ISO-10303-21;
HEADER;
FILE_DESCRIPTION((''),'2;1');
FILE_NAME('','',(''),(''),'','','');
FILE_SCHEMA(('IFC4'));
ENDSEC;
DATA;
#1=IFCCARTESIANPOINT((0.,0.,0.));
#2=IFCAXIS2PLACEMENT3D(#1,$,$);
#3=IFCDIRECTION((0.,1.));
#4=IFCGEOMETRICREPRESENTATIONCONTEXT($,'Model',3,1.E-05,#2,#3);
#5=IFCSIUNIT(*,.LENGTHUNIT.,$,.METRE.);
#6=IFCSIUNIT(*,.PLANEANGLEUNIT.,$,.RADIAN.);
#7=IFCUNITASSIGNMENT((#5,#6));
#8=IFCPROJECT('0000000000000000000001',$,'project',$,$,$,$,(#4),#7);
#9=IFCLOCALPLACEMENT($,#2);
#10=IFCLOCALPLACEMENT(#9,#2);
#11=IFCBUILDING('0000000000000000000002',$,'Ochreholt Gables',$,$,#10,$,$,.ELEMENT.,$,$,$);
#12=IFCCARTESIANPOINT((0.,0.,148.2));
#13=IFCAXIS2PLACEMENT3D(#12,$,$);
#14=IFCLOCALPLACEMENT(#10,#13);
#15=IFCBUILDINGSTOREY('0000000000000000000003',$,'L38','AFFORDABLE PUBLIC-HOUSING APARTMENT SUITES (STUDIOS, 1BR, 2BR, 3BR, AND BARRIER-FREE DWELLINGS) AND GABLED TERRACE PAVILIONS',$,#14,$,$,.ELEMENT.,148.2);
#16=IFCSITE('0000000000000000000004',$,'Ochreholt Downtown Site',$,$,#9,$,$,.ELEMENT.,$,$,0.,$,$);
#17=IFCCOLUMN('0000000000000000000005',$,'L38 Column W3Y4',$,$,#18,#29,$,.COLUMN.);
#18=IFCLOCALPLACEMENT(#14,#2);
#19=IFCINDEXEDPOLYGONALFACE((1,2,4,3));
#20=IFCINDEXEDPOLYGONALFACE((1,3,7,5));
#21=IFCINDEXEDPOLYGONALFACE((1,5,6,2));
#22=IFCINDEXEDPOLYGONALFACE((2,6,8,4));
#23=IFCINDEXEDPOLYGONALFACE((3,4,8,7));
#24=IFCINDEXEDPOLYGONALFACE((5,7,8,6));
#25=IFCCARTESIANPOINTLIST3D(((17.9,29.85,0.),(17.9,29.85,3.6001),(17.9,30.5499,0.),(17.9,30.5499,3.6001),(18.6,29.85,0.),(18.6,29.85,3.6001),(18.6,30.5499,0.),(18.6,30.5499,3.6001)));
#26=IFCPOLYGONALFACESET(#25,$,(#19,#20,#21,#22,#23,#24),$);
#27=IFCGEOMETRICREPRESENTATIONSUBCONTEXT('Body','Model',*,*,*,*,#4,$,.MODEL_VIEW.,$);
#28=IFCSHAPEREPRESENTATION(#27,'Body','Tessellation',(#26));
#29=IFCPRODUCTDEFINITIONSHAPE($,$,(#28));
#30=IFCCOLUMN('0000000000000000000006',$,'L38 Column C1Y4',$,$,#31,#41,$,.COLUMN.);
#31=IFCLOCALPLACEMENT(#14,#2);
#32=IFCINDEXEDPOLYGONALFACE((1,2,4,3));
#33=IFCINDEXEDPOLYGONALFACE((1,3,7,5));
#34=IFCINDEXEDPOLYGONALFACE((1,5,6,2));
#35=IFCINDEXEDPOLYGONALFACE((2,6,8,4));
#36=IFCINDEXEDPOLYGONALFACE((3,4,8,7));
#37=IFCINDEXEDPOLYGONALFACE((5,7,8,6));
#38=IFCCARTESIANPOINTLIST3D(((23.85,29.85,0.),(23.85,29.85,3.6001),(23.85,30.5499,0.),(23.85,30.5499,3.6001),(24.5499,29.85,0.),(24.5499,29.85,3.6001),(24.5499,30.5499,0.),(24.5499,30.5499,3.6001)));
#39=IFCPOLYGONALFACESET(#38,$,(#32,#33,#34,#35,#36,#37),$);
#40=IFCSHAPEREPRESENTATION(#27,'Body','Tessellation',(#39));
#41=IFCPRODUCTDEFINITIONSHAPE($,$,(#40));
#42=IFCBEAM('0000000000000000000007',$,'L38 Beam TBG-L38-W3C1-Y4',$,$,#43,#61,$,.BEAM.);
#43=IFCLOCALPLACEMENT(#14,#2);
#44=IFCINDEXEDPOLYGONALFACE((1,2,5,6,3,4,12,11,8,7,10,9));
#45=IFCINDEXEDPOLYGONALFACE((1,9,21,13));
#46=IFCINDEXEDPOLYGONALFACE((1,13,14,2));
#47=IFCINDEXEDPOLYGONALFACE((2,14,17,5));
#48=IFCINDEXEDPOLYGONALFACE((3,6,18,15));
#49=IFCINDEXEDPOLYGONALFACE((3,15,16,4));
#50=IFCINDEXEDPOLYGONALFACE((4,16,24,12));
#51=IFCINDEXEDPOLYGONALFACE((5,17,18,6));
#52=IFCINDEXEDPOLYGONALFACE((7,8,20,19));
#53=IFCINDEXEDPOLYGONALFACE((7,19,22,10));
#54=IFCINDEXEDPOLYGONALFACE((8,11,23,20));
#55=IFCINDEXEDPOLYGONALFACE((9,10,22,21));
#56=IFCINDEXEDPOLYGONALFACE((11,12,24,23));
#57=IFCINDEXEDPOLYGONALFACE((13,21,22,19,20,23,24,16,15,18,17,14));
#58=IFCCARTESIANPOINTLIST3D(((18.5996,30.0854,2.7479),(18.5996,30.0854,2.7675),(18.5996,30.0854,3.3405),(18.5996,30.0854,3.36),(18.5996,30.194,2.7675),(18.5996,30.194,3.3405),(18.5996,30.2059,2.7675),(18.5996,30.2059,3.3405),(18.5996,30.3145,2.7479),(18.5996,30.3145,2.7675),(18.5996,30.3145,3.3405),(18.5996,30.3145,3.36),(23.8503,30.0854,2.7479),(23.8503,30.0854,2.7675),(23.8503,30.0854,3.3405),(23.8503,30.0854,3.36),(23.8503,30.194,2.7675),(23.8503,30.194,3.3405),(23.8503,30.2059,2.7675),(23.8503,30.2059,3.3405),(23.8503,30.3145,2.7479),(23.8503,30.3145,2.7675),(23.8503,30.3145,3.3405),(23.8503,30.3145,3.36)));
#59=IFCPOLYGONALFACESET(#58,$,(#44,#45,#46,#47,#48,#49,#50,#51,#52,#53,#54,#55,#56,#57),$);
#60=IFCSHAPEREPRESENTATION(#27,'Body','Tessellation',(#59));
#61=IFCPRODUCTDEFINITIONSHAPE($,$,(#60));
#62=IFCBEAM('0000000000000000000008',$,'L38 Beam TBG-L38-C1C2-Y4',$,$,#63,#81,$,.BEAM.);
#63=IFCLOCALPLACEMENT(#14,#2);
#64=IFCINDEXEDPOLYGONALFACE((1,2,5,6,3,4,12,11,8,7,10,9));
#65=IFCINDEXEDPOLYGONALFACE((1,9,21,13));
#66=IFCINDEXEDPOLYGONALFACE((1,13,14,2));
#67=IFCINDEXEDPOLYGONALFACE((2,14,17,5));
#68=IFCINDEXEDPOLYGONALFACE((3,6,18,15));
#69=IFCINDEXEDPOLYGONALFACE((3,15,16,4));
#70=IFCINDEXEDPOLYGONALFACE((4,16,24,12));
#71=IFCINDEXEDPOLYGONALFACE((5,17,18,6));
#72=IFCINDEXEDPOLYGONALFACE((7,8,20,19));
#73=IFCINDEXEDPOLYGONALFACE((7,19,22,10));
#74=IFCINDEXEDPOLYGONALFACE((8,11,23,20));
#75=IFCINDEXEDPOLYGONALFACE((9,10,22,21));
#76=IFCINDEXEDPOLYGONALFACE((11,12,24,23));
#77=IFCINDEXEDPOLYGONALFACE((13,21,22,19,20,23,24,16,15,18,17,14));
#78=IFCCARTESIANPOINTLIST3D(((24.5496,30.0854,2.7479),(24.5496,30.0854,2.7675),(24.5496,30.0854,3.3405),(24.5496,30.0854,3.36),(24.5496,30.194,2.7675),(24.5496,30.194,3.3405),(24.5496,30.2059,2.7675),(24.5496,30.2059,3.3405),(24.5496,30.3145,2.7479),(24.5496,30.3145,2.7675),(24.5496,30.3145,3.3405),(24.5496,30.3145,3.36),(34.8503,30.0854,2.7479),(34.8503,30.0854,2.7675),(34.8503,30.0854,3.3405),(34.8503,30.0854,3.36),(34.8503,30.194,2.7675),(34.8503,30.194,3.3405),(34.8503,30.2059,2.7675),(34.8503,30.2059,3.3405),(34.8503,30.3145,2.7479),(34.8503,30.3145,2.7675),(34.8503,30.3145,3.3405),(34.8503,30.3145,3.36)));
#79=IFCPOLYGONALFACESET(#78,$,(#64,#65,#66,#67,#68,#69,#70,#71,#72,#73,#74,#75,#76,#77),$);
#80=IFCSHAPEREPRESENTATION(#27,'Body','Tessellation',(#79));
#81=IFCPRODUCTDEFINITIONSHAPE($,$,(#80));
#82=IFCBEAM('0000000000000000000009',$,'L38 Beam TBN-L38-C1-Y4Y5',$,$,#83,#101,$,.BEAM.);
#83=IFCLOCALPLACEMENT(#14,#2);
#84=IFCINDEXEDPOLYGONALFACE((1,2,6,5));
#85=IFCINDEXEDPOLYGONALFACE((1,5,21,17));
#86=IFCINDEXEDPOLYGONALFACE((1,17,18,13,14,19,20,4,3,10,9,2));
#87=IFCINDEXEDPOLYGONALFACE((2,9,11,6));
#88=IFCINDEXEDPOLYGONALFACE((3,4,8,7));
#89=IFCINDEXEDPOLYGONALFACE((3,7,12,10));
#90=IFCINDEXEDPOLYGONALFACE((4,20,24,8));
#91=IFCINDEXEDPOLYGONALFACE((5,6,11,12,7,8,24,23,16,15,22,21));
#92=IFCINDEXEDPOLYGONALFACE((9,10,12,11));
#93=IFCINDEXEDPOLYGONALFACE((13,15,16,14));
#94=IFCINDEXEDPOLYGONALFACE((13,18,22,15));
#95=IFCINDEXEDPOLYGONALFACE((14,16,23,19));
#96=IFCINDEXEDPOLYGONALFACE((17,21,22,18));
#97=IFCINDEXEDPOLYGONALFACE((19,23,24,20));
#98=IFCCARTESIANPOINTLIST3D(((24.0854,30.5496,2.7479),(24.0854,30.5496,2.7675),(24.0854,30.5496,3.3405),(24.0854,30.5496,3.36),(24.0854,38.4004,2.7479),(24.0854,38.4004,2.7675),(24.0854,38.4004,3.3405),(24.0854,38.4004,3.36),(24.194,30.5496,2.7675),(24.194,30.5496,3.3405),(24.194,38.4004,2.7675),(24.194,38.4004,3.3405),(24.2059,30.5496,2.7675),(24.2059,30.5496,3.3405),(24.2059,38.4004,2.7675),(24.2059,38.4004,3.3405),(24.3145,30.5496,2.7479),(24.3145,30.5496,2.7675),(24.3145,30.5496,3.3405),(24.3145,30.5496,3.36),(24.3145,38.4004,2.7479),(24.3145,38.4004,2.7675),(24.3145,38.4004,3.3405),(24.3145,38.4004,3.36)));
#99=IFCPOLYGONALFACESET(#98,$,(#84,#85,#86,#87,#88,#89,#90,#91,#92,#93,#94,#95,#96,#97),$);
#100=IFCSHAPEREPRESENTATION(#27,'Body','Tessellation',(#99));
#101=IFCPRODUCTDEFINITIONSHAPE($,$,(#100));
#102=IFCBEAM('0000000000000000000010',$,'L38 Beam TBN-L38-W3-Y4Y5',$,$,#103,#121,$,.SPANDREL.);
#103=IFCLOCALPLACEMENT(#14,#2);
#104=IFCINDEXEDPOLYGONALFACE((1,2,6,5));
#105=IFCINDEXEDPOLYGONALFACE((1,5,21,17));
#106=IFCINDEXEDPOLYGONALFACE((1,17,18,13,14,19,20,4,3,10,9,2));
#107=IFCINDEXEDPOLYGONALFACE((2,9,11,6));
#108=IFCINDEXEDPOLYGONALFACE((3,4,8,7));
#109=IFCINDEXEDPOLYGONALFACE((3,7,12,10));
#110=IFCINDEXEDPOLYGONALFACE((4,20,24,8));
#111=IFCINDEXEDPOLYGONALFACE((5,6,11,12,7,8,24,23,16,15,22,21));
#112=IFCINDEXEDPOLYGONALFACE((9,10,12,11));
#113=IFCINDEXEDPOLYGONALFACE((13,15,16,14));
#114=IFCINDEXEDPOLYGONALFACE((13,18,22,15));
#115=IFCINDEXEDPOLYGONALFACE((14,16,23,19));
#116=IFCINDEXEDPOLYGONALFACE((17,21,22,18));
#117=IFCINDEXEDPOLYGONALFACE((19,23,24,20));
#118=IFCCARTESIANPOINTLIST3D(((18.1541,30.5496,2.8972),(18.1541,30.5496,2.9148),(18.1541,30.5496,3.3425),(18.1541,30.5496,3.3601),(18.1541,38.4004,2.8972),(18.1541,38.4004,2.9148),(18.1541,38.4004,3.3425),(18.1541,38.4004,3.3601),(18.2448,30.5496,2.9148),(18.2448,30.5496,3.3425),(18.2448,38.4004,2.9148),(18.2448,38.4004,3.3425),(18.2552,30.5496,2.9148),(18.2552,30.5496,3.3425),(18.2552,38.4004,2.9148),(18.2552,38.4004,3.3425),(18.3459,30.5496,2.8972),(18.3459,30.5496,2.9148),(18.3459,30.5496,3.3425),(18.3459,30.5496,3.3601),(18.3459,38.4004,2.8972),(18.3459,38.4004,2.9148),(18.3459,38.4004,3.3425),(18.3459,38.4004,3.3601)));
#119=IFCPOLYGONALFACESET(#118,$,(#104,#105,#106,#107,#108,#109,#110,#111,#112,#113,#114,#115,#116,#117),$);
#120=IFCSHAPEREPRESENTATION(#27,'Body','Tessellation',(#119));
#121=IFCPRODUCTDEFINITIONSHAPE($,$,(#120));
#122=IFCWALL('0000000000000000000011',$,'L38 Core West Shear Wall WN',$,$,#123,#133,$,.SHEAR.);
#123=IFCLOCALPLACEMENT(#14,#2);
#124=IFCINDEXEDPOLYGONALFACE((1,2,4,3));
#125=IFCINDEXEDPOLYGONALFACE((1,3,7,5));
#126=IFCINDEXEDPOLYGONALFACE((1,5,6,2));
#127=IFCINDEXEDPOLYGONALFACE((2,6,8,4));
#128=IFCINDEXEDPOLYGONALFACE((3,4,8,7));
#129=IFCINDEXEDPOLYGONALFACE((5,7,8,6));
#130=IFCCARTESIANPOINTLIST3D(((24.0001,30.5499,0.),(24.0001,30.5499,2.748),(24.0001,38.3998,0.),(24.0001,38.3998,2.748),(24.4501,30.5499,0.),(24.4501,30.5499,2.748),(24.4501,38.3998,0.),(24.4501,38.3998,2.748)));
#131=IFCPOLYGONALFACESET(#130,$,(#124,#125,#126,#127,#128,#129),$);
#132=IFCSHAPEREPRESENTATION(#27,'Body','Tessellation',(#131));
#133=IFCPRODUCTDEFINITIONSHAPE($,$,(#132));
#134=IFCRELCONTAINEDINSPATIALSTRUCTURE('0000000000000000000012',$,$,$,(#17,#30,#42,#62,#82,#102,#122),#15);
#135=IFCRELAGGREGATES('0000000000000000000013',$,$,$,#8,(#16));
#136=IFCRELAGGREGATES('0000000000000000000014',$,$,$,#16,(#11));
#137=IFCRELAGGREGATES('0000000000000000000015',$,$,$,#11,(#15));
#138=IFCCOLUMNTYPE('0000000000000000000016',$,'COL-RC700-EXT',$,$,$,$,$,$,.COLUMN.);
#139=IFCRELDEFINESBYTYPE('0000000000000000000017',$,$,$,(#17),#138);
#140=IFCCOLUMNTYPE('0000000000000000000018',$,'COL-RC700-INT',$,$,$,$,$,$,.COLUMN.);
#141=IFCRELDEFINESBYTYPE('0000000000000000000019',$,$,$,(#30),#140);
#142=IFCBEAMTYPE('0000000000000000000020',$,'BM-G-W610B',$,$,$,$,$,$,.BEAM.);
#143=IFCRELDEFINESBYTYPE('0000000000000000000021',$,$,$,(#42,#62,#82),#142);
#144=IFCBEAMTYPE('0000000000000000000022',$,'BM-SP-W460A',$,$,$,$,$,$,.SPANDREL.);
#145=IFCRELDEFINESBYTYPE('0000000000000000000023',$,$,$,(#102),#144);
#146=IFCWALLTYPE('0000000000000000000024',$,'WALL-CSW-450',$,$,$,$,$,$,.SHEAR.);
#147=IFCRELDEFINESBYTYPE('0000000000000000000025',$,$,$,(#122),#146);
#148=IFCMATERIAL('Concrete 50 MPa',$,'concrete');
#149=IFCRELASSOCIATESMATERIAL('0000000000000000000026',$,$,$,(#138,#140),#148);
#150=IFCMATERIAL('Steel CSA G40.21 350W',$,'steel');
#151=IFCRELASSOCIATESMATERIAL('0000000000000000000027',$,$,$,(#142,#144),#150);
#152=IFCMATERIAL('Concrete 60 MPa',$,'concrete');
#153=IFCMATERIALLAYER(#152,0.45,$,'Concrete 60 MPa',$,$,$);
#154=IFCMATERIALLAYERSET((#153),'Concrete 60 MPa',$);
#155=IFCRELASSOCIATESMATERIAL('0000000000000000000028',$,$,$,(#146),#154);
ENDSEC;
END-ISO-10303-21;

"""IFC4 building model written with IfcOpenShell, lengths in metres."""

from ifc_helpers import new_model, si_unit, direction, frame, frame_2d, origin, origin_2d, place, context, subcontext, project, spatial, rectangle, i_section, extrude, material, layer, layer_set, material_profile, profile_set, type_object, element, save


model = new_model("IFC4")

# Units and contexts
model_context = context("Model", 3, precision=1e-05, world=origin(), true_north=direction((0.0, 1.0)))
body_context = subcontext(model_context, "Body", "Model", "MODEL_VIEW")
ifc_project = project(units=[si_unit("LENGTHUNIT", "METRE"), si_unit("PLANEANGLEUNIT", "RADIAN")], contexts=[model_context])

# Site, building, storey
site_placement = place(None, origin())
site = spatial("IfcSite", under=ifc_project, at=site_placement, Name="Ochreholt Downtown Site", CompositionType="ELEMENT", RefElevation=0.0)
building_placement = place(site_placement, origin())
building = spatial("IfcBuilding", under=site, at=building_placement, Name="Ochreholt Gables", CompositionType="ELEMENT")
storey_placement = place(building_placement, frame((0.0, 0.0, 148.2)))
storey = spatial("IfcBuildingStorey", under=building, at=storey_placement, Name="L38", Description="AFFORDABLE PUBLIC-HOUSING APARTMENT SUITES (STUDIOS, 1BR, 2BR, 3BR, AND BARRIER-FREE DWELLINGS) AND GABLED TERRACE PAVILIONS", CompositionType="ELEMENT", Elevation=148.2)

# Columns
ifc_material_1 = material(Name="Concrete 50 MPa", Category="concrete")
ifc_material_profile_1 = material_profile(ifc_material_1, rectangle(XDim=0.7, YDim=0.7, at=origin_2d()), Name="RC700X700")
ifc_profile_set_1 = profile_set([ifc_material_profile_1], Name="Concrete 50 MPa")
column_type_1 = type_object("IfcColumnType", Name="COL-RC700-EXT", PredefinedType="COLUMN", material=ifc_profile_set_1)
column_1_placement = place(storey_placement, frame((18.25, 30.2, 0.0), z_axis=(0.0, 0.0, 1.0), x_axis=(1.0, 0.0, 0.0)))
element("IfcColumn", 1, at=column_1_placement, inside=storey, type_object=column_type_1, Name="L38 Column W3Y4", PredefinedType="COLUMN", context=body_context, shape_type="SweptSolid", body=[
    extrude(rectangle(XDim=0.7, YDim=0.7, at=origin_2d()), origin(), (0.0, 0.0, 1.0), 3.6001),
])
ifc_material_profile_2 = material_profile(ifc_material_1, rectangle(XDim=0.7, YDim=0.7, at=origin_2d()), Name="RC700X700")
ifc_profile_set_2 = profile_set([ifc_material_profile_2], Name="Concrete 50 MPa")
column_type_2 = type_object("IfcColumnType", Name="COL-RC700-INT", PredefinedType="COLUMN", material=ifc_profile_set_2)
column_2_placement = place(storey_placement, frame((24.2, 30.2, 0.0), z_axis=(0.0, 0.0, 1.0), x_axis=(1.0, 0.0, 0.0)))
element("IfcColumn", 2, at=column_2_placement, inside=storey, type_object=column_type_2, Name="L38 Column C1Y4", PredefinedType="COLUMN", context=body_context, shape_type="SweptSolid", body=[
    extrude(rectangle(XDim=0.7, YDim=0.7, at=origin_2d()), origin(), (0.0, 0.0, 1.0), 3.6001),
])

# Beams
ifc_material_2 = material(Name="Steel CSA G40.21 350W", Category="steel")
ifc_material_profile_3 = material_profile(ifc_material_2, i_section(OverallWidth=0.229, OverallDepth=0.6121, WebThickness=0.012, FlangeThickness=0.0195, at=origin_2d()), Name="W610X125")
ifc_profile_set_3 = profile_set([ifc_material_profile_3], Name="Steel CSA G40.21 350W")
beam_type_1 = type_object("IfcBeamType", Name="BM-G-W610B", PredefinedType="BEAM", material=ifc_profile_set_3)
beam_1_placement = place(storey_placement, frame((18.5996, 30.2, 3.054), z_axis=(1.0, 0.0, 0.0), x_axis=(0.0, 1.0, 0.0)))
element("IfcBeam", 3, at=beam_1_placement, inside=storey, type_object=beam_type_1, Name="L38 Beam TBG-L38-W3C1-Y4", PredefinedType="BEAM", context=body_context, shape_type="SweptSolid", body=[
    extrude(i_section(OverallWidth=0.229, OverallDepth=0.6121, WebThickness=0.012, FlangeThickness=0.0195, at=origin_2d()), origin(), (0.0, 0.0, 1.0), 5.2507),
])
beam_2_placement = place(storey_placement, frame((24.5496, 30.2, 3.054), z_axis=(1.0, 0.0, 0.0), x_axis=(0.0, 1.0, 0.0)))
element("IfcBeam", 4, at=beam_2_placement, inside=storey, type_object=beam_type_1, Name="L38 Beam TBG-L38-C1C2-Y4", PredefinedType="BEAM", context=body_context, shape_type="SweptSolid", body=[
    extrude(i_section(OverallWidth=0.229, OverallDepth=0.6121, WebThickness=0.012, FlangeThickness=0.0195, at=origin_2d()), origin(), (0.0, 0.0, 1.0), 10.3008),
])
beam_3_placement = place(storey_placement, frame((24.2, 30.5496, 3.054), z_axis=(0.0, 1.0, 0.0), x_axis=(-1.0, 0.0, 0.0)))
element("IfcBeam", 5, at=beam_3_placement, inside=storey, type_object=beam_type_1, Name="L38 Beam TBN-L38-C1-Y4Y5", PredefinedType="BEAM", context=body_context, shape_type="SweptSolid", body=[
    extrude(i_section(OverallWidth=0.229, OverallDepth=0.6121, WebThickness=0.012, FlangeThickness=0.0195, at=origin_2d()), origin(), (0.0, 0.0, 1.0), 7.8508),
])
ifc_material_profile_4 = material_profile(ifc_material_2, i_section(OverallWidth=0.1919, OverallDepth=0.4629, WebThickness=0.0105, FlangeThickness=0.0176, at=origin_2d()), Name="W460X89")
ifc_profile_set_4 = profile_set([ifc_material_profile_4], Name="Steel CSA G40.21 350W")
beam_type_2 = type_object("IfcBeamType", Name="BM-SP-W460A", PredefinedType="SPANDREL", material=ifc_profile_set_4)
beam_4_placement = place(storey_placement, frame((18.25, 30.5496, 3.1287), z_axis=(0.0, 1.0, 0.0), x_axis=(-1.0, 0.0, 0.0)))
element("IfcBeam", 6, at=beam_4_placement, inside=storey, type_object=beam_type_2, Name="L38 Beam TBN-L38-W3-Y4Y5", PredefinedType="SPANDREL", context=body_context, shape_type="SweptSolid", body=[
    extrude(i_section(OverallWidth=0.1919, OverallDepth=0.4629, WebThickness=0.0105, FlangeThickness=0.0176, at=origin_2d()), origin(), (0.0, 0.0, 1.0), 7.8508),
])

# Wall
ifc_material_3 = material(Name="Concrete 60 MPa", Category="concrete")
ifc_layer_1 = layer(ifc_material_3, 0.45, Name="Concrete 60 MPa")
ifc_layer_set_1 = layer_set([ifc_layer_1], Name="Concrete 60 MPa")
wall_type_1 = type_object("IfcWallType", Name="WALL-CSW-450", PredefinedType="SHEAR", material=ifc_layer_set_1)
wall_1_placement = place(storey_placement, frame((24.2251, 30.55, 0.0), z_axis=(0.0, 0.0, 1.0), x_axis=(0.0, 1.0, 0.0)))
element("IfcWall", 7, at=wall_1_placement, inside=storey, type_object=wall_type_1, Name="L38 Core West Shear Wall WN", PredefinedType="SHEAR", context=body_context, shape_type="SweptSolid", body=[
    extrude(rectangle(XDim=7.8499, YDim=0.45, at=frame_2d((3.9248, 0.0))), origin(), (0.0, 0.0, 1.0), 2.748),
])

save(model, "model.ifc")
